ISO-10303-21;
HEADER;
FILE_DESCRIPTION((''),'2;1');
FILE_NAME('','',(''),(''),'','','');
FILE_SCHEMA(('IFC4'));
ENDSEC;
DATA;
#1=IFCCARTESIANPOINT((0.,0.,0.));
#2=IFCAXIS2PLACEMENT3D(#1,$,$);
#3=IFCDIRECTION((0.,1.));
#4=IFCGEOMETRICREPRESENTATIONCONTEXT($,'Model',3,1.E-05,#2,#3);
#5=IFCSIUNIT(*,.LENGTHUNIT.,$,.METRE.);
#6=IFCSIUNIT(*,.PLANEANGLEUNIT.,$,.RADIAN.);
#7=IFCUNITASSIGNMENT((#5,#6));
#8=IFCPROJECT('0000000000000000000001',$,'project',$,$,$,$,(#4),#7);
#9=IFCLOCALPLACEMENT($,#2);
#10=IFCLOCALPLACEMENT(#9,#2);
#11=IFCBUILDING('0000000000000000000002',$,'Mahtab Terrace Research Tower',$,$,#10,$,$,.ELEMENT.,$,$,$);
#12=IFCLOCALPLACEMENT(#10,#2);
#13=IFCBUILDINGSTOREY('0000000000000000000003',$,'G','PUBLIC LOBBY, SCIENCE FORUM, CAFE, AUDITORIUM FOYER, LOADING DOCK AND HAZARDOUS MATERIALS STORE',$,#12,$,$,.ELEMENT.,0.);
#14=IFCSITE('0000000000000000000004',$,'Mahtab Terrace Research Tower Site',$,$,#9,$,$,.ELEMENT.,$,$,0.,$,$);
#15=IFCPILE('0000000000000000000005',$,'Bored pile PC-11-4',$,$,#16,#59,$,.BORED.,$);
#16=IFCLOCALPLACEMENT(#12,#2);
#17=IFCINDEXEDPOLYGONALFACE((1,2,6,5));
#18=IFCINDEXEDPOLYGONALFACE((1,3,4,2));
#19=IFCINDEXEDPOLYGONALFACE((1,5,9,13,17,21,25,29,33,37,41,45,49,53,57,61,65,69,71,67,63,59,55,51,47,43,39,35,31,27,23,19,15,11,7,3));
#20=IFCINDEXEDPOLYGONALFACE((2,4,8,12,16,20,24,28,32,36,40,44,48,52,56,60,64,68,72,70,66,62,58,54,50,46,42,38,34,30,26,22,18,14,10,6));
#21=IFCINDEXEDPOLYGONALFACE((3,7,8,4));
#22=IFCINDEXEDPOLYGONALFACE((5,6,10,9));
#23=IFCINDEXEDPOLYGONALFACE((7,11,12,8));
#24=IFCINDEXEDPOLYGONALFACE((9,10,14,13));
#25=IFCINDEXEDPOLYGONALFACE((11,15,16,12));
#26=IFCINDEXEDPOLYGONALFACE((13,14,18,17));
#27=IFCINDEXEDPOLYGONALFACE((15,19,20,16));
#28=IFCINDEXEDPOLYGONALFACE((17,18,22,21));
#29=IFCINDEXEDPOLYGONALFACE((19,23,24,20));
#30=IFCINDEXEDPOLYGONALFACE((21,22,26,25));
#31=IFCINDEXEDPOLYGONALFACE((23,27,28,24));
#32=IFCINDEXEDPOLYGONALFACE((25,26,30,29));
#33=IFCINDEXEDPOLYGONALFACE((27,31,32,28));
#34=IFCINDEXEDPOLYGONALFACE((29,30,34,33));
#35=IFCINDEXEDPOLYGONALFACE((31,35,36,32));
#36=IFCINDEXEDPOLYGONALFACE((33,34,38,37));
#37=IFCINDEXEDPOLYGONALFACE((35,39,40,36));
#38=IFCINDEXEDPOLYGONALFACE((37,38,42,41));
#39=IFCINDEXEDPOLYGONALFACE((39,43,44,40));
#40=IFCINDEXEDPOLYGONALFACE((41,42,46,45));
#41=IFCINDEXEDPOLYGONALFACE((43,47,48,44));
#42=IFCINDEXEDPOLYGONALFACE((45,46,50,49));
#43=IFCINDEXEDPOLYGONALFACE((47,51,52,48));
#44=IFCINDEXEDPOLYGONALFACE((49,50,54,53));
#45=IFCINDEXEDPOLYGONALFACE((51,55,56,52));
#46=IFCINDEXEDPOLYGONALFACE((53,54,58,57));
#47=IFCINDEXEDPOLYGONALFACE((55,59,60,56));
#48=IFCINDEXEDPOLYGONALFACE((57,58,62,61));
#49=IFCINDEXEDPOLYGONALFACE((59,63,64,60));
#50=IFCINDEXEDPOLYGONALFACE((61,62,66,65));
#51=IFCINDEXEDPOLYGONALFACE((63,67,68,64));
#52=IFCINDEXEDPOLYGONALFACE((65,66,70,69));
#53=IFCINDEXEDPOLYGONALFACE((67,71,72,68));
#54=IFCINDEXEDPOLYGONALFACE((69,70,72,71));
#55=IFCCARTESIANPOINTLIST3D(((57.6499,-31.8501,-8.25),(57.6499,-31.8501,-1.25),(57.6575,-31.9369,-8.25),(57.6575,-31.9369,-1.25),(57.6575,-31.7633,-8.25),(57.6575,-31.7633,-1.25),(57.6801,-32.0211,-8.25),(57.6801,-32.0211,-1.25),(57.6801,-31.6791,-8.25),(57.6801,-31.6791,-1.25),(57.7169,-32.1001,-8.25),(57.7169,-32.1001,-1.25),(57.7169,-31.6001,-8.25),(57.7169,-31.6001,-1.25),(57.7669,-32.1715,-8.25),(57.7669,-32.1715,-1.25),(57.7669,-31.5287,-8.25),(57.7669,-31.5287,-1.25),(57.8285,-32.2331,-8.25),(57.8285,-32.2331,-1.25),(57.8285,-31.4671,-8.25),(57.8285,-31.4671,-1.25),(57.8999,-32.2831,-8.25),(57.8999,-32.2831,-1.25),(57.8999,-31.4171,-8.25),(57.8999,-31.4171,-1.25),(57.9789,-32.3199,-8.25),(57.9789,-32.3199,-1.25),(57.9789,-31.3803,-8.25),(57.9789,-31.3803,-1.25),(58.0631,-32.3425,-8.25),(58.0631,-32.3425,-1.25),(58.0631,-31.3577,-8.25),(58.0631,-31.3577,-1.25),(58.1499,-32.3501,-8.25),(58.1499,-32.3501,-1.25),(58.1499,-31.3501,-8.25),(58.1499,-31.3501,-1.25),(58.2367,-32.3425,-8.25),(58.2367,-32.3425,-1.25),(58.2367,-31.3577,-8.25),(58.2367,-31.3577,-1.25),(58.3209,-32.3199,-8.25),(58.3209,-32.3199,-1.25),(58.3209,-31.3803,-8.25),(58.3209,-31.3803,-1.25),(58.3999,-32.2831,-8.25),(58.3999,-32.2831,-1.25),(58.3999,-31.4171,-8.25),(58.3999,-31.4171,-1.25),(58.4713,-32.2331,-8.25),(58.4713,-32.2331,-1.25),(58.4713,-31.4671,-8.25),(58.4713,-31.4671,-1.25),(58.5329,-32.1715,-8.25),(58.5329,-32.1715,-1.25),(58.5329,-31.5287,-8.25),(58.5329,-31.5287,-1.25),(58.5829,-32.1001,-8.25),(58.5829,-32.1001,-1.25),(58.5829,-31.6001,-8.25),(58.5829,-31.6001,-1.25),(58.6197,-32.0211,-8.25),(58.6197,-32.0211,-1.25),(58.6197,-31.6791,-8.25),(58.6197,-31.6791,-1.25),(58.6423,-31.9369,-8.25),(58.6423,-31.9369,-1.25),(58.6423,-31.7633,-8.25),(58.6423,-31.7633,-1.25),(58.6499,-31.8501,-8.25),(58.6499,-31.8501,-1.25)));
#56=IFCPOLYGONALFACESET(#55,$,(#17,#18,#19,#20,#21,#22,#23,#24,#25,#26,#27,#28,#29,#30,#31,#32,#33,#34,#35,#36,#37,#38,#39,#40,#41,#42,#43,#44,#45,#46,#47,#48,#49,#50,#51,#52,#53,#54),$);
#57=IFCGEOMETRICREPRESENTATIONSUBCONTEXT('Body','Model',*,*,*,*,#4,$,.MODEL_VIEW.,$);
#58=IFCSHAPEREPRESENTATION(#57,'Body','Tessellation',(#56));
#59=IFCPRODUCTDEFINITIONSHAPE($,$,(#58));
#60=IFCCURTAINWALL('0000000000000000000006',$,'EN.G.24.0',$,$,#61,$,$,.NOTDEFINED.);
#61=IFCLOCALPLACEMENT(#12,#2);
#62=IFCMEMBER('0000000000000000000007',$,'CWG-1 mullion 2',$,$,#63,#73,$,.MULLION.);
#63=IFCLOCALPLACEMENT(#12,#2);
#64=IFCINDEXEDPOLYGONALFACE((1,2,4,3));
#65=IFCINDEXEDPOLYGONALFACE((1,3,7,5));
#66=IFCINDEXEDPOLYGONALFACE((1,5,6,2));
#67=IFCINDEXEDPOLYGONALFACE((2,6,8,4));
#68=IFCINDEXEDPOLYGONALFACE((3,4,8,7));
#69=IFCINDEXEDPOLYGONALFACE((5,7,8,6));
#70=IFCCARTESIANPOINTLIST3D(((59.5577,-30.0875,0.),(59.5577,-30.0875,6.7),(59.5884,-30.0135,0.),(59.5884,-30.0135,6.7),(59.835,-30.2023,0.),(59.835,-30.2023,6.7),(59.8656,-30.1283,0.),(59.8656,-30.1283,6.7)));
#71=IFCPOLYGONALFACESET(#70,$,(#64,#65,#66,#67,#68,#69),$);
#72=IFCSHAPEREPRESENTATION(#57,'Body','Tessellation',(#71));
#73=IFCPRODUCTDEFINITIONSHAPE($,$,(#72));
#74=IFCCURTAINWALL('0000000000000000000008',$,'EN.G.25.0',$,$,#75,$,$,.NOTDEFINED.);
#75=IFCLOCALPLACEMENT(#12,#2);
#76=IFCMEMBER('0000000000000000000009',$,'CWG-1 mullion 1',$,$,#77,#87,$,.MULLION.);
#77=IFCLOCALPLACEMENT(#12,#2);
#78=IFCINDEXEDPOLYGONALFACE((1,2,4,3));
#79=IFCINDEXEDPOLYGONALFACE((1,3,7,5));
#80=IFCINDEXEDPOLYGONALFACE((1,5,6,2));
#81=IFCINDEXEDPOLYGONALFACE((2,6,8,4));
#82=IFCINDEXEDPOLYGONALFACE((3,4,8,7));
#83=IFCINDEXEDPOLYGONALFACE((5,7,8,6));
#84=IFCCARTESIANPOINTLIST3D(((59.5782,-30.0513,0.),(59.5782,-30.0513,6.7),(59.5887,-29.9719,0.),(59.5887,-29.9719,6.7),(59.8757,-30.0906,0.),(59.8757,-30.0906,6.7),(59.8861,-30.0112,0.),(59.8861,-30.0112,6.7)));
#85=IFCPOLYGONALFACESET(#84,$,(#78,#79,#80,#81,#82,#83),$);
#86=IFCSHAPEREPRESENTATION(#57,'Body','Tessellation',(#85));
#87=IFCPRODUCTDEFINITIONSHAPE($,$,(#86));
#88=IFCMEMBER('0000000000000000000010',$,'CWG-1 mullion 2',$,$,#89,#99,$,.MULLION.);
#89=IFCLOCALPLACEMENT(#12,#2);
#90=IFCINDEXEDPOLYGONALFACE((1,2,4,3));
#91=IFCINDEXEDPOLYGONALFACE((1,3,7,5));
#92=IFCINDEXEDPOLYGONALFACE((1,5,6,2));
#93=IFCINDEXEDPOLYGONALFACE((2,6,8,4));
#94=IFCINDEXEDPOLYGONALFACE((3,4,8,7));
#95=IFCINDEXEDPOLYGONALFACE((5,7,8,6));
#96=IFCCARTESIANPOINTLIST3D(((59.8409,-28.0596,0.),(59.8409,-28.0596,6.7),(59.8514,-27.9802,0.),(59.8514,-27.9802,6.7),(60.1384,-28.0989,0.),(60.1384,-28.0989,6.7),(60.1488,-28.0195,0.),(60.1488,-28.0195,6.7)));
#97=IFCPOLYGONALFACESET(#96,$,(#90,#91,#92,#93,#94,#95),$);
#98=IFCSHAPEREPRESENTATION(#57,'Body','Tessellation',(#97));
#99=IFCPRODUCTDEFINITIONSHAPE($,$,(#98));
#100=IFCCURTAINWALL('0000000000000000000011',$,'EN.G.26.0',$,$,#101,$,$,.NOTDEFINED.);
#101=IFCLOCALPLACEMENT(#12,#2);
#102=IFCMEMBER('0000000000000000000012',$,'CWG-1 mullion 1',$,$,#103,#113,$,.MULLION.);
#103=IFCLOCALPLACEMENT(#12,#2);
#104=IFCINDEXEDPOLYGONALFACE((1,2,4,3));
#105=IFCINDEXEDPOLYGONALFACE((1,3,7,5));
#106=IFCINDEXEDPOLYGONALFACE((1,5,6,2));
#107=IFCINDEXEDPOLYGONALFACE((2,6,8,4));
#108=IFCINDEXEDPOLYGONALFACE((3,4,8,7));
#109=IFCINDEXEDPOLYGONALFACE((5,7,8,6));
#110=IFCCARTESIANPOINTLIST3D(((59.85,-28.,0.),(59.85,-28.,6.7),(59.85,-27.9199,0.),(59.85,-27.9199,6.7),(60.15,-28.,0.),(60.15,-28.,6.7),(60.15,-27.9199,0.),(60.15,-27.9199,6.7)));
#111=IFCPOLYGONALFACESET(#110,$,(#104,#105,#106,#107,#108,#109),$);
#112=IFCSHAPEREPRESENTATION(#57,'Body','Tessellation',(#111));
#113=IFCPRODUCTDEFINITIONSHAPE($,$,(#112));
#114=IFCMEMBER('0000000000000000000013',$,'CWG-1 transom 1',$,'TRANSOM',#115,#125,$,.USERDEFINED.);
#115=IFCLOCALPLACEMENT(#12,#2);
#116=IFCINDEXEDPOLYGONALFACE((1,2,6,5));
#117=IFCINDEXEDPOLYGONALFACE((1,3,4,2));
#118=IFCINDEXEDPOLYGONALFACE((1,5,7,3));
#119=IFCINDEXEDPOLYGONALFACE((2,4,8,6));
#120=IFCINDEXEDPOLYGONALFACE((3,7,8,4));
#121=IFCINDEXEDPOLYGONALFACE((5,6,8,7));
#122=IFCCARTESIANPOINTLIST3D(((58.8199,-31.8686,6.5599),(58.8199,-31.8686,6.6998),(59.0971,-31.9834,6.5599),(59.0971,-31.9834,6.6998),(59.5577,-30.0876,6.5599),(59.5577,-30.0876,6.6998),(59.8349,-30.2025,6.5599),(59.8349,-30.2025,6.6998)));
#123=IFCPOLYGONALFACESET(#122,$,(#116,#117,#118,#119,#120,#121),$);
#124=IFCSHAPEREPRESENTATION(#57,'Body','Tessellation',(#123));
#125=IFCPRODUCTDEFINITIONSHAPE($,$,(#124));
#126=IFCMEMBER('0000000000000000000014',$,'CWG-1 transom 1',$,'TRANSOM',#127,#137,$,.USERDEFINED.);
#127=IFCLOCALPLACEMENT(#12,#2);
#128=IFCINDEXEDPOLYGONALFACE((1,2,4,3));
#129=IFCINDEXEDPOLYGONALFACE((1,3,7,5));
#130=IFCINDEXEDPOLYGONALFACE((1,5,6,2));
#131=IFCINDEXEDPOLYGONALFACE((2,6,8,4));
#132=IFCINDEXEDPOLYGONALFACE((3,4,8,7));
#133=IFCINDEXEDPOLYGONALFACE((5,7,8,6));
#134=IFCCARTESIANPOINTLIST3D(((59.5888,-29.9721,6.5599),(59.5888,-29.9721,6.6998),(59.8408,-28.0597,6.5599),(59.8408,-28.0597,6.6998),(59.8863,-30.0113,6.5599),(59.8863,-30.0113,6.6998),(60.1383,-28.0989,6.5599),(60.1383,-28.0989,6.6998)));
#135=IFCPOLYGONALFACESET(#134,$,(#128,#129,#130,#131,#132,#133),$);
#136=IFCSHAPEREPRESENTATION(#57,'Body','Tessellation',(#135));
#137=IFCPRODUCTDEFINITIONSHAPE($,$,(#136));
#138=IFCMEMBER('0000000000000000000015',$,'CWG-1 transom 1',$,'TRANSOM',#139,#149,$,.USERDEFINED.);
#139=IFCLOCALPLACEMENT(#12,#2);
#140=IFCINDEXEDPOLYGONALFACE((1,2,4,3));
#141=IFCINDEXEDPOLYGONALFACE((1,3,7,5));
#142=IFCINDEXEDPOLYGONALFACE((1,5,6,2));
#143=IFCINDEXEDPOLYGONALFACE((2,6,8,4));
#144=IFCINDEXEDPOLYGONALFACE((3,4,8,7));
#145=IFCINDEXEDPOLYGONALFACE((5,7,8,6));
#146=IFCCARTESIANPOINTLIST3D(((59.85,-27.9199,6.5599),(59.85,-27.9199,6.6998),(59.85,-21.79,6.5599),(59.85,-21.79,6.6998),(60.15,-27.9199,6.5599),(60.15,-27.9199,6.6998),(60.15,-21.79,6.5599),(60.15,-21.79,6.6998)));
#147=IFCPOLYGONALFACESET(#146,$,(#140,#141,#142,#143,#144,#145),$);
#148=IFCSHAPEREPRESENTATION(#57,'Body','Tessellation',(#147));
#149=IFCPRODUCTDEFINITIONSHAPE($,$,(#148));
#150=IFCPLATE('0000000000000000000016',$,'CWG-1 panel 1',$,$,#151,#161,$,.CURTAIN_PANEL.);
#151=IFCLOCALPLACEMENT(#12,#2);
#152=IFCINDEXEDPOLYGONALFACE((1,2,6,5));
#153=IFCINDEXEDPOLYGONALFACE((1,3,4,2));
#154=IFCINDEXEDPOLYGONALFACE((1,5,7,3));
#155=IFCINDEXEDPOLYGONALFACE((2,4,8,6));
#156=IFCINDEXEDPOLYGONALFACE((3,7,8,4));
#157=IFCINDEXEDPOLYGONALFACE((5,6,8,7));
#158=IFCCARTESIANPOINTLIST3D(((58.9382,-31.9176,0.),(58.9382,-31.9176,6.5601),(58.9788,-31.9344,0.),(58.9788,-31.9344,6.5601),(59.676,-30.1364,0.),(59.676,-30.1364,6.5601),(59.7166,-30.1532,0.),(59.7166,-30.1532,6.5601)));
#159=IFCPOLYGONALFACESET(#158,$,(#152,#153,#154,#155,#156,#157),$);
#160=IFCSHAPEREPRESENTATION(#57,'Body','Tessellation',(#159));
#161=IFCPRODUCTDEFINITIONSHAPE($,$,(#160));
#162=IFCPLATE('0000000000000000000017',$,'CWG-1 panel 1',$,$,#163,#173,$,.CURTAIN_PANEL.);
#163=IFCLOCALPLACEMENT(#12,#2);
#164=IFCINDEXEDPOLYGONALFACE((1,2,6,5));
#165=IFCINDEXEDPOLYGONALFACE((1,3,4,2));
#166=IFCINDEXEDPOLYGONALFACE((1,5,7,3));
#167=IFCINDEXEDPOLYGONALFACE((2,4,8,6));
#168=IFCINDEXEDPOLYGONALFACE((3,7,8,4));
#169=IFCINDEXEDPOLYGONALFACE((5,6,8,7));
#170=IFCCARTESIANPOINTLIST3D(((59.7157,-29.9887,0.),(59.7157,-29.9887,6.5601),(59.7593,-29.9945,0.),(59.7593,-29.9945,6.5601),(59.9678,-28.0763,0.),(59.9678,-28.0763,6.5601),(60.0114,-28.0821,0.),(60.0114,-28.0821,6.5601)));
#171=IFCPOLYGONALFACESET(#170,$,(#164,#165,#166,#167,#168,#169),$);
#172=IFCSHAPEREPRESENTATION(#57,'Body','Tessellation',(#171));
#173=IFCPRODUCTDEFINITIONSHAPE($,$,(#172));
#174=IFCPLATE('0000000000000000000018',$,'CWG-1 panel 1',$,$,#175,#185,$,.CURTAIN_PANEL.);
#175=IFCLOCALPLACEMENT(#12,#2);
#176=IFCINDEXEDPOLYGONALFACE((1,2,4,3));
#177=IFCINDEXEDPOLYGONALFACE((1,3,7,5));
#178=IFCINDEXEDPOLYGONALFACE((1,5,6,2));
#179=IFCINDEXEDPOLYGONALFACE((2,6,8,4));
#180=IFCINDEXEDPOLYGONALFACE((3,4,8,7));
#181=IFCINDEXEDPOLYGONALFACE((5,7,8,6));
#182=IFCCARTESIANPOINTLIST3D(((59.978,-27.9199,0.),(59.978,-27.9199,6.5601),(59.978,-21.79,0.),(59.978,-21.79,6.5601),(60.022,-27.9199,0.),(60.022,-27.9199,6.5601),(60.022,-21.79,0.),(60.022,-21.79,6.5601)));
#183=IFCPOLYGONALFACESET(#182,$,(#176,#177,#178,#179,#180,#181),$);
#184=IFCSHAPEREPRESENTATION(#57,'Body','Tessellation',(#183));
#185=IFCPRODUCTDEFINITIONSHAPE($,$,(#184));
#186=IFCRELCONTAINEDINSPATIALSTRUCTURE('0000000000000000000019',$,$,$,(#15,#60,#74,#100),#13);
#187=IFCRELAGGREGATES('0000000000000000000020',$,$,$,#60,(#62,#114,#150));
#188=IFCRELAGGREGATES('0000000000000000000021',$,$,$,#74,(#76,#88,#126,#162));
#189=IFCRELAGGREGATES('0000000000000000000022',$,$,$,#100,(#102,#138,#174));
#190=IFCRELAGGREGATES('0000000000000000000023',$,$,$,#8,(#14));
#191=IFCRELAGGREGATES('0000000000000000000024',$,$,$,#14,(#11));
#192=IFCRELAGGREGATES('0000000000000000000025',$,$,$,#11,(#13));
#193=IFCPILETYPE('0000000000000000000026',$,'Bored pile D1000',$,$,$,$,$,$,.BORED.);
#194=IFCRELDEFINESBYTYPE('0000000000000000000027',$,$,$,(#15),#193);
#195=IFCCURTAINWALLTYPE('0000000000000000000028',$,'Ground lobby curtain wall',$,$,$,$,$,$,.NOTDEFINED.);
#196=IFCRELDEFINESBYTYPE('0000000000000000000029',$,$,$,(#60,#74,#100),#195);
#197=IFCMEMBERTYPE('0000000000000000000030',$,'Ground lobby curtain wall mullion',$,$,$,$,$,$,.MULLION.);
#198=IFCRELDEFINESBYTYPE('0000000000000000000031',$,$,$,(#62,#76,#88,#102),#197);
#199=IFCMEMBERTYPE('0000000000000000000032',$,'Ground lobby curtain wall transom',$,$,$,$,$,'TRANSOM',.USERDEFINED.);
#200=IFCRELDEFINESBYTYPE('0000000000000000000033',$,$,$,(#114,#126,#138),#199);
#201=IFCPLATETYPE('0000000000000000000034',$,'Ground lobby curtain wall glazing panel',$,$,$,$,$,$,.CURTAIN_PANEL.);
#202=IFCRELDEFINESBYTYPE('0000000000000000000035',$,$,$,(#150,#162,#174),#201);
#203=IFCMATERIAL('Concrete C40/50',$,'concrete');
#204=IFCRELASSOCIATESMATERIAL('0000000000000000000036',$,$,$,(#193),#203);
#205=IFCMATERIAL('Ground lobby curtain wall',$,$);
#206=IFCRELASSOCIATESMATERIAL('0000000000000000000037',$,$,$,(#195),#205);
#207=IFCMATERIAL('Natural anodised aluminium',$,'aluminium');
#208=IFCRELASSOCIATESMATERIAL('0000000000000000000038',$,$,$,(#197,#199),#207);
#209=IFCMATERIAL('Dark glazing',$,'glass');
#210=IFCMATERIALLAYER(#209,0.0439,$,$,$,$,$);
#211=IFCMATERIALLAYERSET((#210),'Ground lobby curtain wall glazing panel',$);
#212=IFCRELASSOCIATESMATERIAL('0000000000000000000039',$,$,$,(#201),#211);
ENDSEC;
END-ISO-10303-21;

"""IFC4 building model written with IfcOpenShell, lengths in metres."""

from ifc_helpers import new_model, si_unit, direction, frame, origin, origin_2d, place, context, subcontext, project, spatial, rectangle, circle, extrude, material, layer, layer_set, material_profile, profile_set, type_object, element, aggregate, save


model = new_model("IFC4")

# Units and contexts
model_context = context("Model", 3, precision=1e-05, world=origin(), true_north=direction((0.0, 1.0)))
body_context = subcontext(model_context, "Body", "Model", "MODEL_VIEW")
ifc_project = project(units=[si_unit("LENGTHUNIT", "METRE"), si_unit("PLANEANGLEUNIT", "RADIAN")], contexts=[model_context])

# Site, building, storey
site_placement = place(None, origin())
site = spatial("IfcSite", under=ifc_project, at=site_placement, Name="Mahtab Terrace Research Tower Site", CompositionType="ELEMENT", RefElevation=0.0)
building_placement = place(site_placement, origin())
building = spatial("IfcBuilding", under=site, at=building_placement, Name="Mahtab Terrace Research Tower", CompositionType="ELEMENT")
storey_placement = place(building_placement, origin())
storey = spatial("IfcBuildingStorey", under=building, at=storey_placement, Name="G", Description="PUBLIC LOBBY, SCIENCE FORUM, CAFE, AUDITORIUM FOYER, LOADING DOCK AND HAZARDOUS MATERIALS STORE", CompositionType="ELEMENT", Elevation=0.0)

# Pile
ifc_material_1 = material(Name="Concrete C40/50", Category="concrete")
ifc_material_profile_1 = material_profile(ifc_material_1, circle(Radius=0.5, at=origin_2d()), Name="Bored pile D1000")
ifc_profile_set_1 = profile_set([ifc_material_profile_1], Name="Concrete C40/50")
pile_type = type_object("IfcPileType", Name="Bored pile D1000", PredefinedType="BORED", material=ifc_profile_set_1)
pile_placement = place(storey_placement, frame((58.1499, -31.8501, -1.25), z_axis=(0.0, 0.0, -1.0), x_axis=(1.0, 0.0, 0.0)))
element("IfcPile", 1, at=pile_placement, inside=storey, type_object=pile_type, Name="Bored pile PC-11-4", PredefinedType="BORED", context=body_context, shape_type="SweptSolid", body=[
    extrude(circle(Radius=0.5, at=origin_2d()), origin(), (0.0, 0.0, 1.0), 7.0),
])

# Curtain wall, member
ifc_material_2 = material(Name="Ground lobby curtain wall")
curtain_wall_type = type_object("IfcCurtainWallType", Name="Ground lobby curtain wall", PredefinedType="NOTDEFINED", material=ifc_material_2)
curtain_wall_1_placement = place(storey_placement, origin())
curtain_wall_1 = element("IfcCurtainWall", 2, at=curtain_wall_1_placement, inside=storey, type_object=curtain_wall_type, Name="EN.G.24.0", PredefinedType="NOTDEFINED")
ifc_material_3 = material(Name="Natural anodised aluminium", Category="aluminium")
ifc_material_profile_2 = material_profile(ifc_material_3, rectangle(XDim=0.3, YDim=0.0801, at=origin_2d()), Name="MULLION 80x300")
ifc_profile_set_2 = profile_set([ifc_material_profile_2], Name="Natural anodised aluminium")
member_type_1 = type_object("IfcMemberType", Name="Ground lobby curtain wall mullion", PredefinedType="MULLION", material=ifc_profile_set_2)
member_1_placement = place(storey_placement, frame((59.7117, -30.1079, 0.0), z_axis=(0.0, 0.0, 1.0), x_axis=(-0.923883, 0.382676, 0.0)))
member_1 = element("IfcMember", 3, at=member_1_placement, type_object=member_type_1, Name="CWG-1 mullion 2", PredefinedType="MULLION", context=body_context, shape_type="SweptSolid", body=[
    extrude(rectangle(XDim=0.3, YDim=0.0801, at=origin_2d()), origin(), (0.0, 0.0, 1.0), 6.7),
])

# Curtain wall, members
curtain_wall_2_placement = place(storey_placement, origin())
curtain_wall_2 = element("IfcCurtainWall", 4, at=curtain_wall_2_placement, inside=storey, type_object=curtain_wall_type, Name="EN.G.25.0", PredefinedType="NOTDEFINED")
member_2_placement = place(storey_placement, frame((59.7322, -30.0312, 0.0), z_axis=(0.0, 0.0, 1.0), x_axis=(-0.991423, 0.13069, 0.0)))
member_2 = element("IfcMember", 5, at=member_2_placement, type_object=member_type_1, Name="CWG-1 mullion 1", PredefinedType="MULLION", context=body_context, shape_type="SweptSolid", body=[
    extrude(rectangle(XDim=0.3, YDim=0.0801, at=origin_2d()), origin(), (0.0, 0.0, 1.0), 6.7),
])
member_3_placement = place(storey_placement, frame((59.9949, -28.0396, 0.0), z_axis=(0.0, 0.0, 1.0), x_axis=(-0.991423, 0.13069, 0.0)))
member_3 = element("IfcMember", 6, at=member_3_placement, type_object=member_type_1, Name="CWG-1 mullion 2", PredefinedType="MULLION", context=body_context, shape_type="SweptSolid", body=[
    extrude(rectangle(XDim=0.3, YDim=0.0801, at=origin_2d()), origin(), (0.0, 0.0, 1.0), 6.7),
])

# Curtain wall, member
curtain_wall_3_placement = place(storey_placement, origin())
curtain_wall_3 = element("IfcCurtainWall", 7, at=curtain_wall_3_placement, inside=storey, type_object=curtain_wall_type, Name="EN.G.26.0", PredefinedType="NOTDEFINED")
member_4_placement = place(storey_placement, frame((60.0, -27.96, 0.0), z_axis=(0.0, 0.0, 1.0), x_axis=(-1.0, 0.0, 0.0)))
member_4 = element("IfcMember", 8, at=member_4_placement, type_object=member_type_1, Name="CWG-1 mullion 1", PredefinedType="MULLION", context=body_context, shape_type="SweptSolid", body=[
    extrude(rectangle(XDim=0.3, YDim=0.0801, at=origin_2d()), origin(), (0.0, 0.0, 1.0), 6.7),
])

# Members
ifc_material_profile_3 = material_profile(ifc_material_3, rectangle(XDim=0.3, YDim=0.1399, at=origin_2d()), Name="TRANSOM 140x300")
ifc_profile_set_3 = profile_set([ifc_material_profile_3], Name="Natural anodised aluminium")
member_type_2 = type_object("IfcMemberType", Name="Ground lobby curtain wall transom", ElementType="TRANSOM", PredefinedType="USERDEFINED", material=ifc_profile_set_3)
member_5_placement = place(storey_placement, frame((58.9585, -31.926, 6.6299), z_axis=(0.382717, 0.923866, 0.0), x_axis=(-0.923866, 0.382717, 0.0)))
member_5 = element("IfcMember", 9, at=member_5_placement, type_object=member_type_2, Name="CWG-1 transom 1", ObjectType="TRANSOM", PredefinedType="USERDEFINED", context=body_context, shape_type="SweptSolid", body=[
    extrude(rectangle(XDim=0.3, YDim=0.1399, at=origin_2d()), origin(), (0.0, 0.0, 1.0), 1.9277),
])
member_6_placement = place(storey_placement, frame((59.7375, -29.9917, 6.6299), z_axis=(0.130621, 0.991432, 0.0), x_axis=(-0.991432, 0.130621, 0.0)))
member_6 = element("IfcMember", 10, at=member_6_placement, type_object=member_type_2, Name="CWG-1 transom 1", ObjectType="TRANSOM", PredefinedType="USERDEFINED", context=body_context, shape_type="SweptSolid", body=[
    extrude(rectangle(XDim=0.3, YDim=0.1399, at=origin_2d()), origin(), (0.0, 0.0, 1.0), 1.929),
])
member_7_placement = place(storey_placement, frame((60.0, -27.9199, 6.6299), z_axis=(0.0, 1.0, 0.0), x_axis=(-1.0, 0.0, 0.0)))
member_7 = element("IfcMember", 11, at=member_7_placement, type_object=member_type_2, Name="CWG-1 transom 1", ObjectType="TRANSOM", PredefinedType="USERDEFINED", context=body_context, shape_type="SweptSolid", body=[
    extrude(rectangle(XDim=0.3, YDim=0.1399, at=origin_2d()), origin(), (0.0, 0.0, 1.0), 6.1299),
])

# Plates
ifc_material_4 = material(Name="Dark glazing", Category="glass")
ifc_layer_1 = layer(ifc_material_4, 0.0439)
ifc_layer_set_1 = layer_set([ifc_layer_1], Name="Ground lobby curtain wall glazing panel")
plate_type = type_object("IfcPlateType", Name="Ground lobby curtain wall glazing panel", PredefinedType="CURTAIN_PANEL", material=ifc_layer_set_1)
plate_1_placement = place(storey_placement, frame((59.3274, -31.0354, 0.0), z_axis=(0.0, 0.0, 1.0), x_axis=(0.382676, 0.923883, 0.0)))
plate_1 = element("IfcPlate", 12, at=plate_1_placement, type_object=plate_type, Name="CWG-1 panel 1", PredefinedType="CURTAIN_PANEL", context=body_context, shape_type="SweptSolid", body=[
    extrude(rectangle(XDim=1.928, YDim=0.0439, at=origin_2d()), origin(), (0.0, 0.0, 1.0), 6.5601),
])
aggregate(curtain_wall_1, [member_1, member_5, plate_1])
plate_2_placement = place(storey_placement, frame((59.8635, -29.0354, 0.0), z_axis=(0.0, 0.0, 1.0), x_axis=(0.13069, 0.991423, 0.0)))
plate_2 = element("IfcPlate", 13, at=plate_2_placement, type_object=plate_type, Name="CWG-1 panel 1", PredefinedType="CURTAIN_PANEL", context=body_context, shape_type="SweptSolid", body=[
    extrude(rectangle(XDim=1.929, YDim=0.0439, at=origin_2d()), origin(), (0.0, 0.0, 1.0), 6.5601),
])
aggregate(curtain_wall_2, [member_2, member_3, member_6, plate_2])
plate_3_placement = place(storey_placement, frame((60.0, -24.855, 0.0), z_axis=(0.0, 0.0, 1.0), x_axis=(0.0, 1.0, 0.0)))
plate_3 = element("IfcPlate", 14, at=plate_3_placement, type_object=plate_type, Name="CWG-1 panel 1", PredefinedType="CURTAIN_PANEL", context=body_context, shape_type="SweptSolid", body=[
    extrude(rectangle(XDim=6.1299, YDim=0.0439, at=origin_2d()), origin(), (0.0, 0.0, 1.0), 6.5601),
])
aggregate(curtain_wall_3, [member_4, member_7, plate_3])

save(model, "model.ifc")
